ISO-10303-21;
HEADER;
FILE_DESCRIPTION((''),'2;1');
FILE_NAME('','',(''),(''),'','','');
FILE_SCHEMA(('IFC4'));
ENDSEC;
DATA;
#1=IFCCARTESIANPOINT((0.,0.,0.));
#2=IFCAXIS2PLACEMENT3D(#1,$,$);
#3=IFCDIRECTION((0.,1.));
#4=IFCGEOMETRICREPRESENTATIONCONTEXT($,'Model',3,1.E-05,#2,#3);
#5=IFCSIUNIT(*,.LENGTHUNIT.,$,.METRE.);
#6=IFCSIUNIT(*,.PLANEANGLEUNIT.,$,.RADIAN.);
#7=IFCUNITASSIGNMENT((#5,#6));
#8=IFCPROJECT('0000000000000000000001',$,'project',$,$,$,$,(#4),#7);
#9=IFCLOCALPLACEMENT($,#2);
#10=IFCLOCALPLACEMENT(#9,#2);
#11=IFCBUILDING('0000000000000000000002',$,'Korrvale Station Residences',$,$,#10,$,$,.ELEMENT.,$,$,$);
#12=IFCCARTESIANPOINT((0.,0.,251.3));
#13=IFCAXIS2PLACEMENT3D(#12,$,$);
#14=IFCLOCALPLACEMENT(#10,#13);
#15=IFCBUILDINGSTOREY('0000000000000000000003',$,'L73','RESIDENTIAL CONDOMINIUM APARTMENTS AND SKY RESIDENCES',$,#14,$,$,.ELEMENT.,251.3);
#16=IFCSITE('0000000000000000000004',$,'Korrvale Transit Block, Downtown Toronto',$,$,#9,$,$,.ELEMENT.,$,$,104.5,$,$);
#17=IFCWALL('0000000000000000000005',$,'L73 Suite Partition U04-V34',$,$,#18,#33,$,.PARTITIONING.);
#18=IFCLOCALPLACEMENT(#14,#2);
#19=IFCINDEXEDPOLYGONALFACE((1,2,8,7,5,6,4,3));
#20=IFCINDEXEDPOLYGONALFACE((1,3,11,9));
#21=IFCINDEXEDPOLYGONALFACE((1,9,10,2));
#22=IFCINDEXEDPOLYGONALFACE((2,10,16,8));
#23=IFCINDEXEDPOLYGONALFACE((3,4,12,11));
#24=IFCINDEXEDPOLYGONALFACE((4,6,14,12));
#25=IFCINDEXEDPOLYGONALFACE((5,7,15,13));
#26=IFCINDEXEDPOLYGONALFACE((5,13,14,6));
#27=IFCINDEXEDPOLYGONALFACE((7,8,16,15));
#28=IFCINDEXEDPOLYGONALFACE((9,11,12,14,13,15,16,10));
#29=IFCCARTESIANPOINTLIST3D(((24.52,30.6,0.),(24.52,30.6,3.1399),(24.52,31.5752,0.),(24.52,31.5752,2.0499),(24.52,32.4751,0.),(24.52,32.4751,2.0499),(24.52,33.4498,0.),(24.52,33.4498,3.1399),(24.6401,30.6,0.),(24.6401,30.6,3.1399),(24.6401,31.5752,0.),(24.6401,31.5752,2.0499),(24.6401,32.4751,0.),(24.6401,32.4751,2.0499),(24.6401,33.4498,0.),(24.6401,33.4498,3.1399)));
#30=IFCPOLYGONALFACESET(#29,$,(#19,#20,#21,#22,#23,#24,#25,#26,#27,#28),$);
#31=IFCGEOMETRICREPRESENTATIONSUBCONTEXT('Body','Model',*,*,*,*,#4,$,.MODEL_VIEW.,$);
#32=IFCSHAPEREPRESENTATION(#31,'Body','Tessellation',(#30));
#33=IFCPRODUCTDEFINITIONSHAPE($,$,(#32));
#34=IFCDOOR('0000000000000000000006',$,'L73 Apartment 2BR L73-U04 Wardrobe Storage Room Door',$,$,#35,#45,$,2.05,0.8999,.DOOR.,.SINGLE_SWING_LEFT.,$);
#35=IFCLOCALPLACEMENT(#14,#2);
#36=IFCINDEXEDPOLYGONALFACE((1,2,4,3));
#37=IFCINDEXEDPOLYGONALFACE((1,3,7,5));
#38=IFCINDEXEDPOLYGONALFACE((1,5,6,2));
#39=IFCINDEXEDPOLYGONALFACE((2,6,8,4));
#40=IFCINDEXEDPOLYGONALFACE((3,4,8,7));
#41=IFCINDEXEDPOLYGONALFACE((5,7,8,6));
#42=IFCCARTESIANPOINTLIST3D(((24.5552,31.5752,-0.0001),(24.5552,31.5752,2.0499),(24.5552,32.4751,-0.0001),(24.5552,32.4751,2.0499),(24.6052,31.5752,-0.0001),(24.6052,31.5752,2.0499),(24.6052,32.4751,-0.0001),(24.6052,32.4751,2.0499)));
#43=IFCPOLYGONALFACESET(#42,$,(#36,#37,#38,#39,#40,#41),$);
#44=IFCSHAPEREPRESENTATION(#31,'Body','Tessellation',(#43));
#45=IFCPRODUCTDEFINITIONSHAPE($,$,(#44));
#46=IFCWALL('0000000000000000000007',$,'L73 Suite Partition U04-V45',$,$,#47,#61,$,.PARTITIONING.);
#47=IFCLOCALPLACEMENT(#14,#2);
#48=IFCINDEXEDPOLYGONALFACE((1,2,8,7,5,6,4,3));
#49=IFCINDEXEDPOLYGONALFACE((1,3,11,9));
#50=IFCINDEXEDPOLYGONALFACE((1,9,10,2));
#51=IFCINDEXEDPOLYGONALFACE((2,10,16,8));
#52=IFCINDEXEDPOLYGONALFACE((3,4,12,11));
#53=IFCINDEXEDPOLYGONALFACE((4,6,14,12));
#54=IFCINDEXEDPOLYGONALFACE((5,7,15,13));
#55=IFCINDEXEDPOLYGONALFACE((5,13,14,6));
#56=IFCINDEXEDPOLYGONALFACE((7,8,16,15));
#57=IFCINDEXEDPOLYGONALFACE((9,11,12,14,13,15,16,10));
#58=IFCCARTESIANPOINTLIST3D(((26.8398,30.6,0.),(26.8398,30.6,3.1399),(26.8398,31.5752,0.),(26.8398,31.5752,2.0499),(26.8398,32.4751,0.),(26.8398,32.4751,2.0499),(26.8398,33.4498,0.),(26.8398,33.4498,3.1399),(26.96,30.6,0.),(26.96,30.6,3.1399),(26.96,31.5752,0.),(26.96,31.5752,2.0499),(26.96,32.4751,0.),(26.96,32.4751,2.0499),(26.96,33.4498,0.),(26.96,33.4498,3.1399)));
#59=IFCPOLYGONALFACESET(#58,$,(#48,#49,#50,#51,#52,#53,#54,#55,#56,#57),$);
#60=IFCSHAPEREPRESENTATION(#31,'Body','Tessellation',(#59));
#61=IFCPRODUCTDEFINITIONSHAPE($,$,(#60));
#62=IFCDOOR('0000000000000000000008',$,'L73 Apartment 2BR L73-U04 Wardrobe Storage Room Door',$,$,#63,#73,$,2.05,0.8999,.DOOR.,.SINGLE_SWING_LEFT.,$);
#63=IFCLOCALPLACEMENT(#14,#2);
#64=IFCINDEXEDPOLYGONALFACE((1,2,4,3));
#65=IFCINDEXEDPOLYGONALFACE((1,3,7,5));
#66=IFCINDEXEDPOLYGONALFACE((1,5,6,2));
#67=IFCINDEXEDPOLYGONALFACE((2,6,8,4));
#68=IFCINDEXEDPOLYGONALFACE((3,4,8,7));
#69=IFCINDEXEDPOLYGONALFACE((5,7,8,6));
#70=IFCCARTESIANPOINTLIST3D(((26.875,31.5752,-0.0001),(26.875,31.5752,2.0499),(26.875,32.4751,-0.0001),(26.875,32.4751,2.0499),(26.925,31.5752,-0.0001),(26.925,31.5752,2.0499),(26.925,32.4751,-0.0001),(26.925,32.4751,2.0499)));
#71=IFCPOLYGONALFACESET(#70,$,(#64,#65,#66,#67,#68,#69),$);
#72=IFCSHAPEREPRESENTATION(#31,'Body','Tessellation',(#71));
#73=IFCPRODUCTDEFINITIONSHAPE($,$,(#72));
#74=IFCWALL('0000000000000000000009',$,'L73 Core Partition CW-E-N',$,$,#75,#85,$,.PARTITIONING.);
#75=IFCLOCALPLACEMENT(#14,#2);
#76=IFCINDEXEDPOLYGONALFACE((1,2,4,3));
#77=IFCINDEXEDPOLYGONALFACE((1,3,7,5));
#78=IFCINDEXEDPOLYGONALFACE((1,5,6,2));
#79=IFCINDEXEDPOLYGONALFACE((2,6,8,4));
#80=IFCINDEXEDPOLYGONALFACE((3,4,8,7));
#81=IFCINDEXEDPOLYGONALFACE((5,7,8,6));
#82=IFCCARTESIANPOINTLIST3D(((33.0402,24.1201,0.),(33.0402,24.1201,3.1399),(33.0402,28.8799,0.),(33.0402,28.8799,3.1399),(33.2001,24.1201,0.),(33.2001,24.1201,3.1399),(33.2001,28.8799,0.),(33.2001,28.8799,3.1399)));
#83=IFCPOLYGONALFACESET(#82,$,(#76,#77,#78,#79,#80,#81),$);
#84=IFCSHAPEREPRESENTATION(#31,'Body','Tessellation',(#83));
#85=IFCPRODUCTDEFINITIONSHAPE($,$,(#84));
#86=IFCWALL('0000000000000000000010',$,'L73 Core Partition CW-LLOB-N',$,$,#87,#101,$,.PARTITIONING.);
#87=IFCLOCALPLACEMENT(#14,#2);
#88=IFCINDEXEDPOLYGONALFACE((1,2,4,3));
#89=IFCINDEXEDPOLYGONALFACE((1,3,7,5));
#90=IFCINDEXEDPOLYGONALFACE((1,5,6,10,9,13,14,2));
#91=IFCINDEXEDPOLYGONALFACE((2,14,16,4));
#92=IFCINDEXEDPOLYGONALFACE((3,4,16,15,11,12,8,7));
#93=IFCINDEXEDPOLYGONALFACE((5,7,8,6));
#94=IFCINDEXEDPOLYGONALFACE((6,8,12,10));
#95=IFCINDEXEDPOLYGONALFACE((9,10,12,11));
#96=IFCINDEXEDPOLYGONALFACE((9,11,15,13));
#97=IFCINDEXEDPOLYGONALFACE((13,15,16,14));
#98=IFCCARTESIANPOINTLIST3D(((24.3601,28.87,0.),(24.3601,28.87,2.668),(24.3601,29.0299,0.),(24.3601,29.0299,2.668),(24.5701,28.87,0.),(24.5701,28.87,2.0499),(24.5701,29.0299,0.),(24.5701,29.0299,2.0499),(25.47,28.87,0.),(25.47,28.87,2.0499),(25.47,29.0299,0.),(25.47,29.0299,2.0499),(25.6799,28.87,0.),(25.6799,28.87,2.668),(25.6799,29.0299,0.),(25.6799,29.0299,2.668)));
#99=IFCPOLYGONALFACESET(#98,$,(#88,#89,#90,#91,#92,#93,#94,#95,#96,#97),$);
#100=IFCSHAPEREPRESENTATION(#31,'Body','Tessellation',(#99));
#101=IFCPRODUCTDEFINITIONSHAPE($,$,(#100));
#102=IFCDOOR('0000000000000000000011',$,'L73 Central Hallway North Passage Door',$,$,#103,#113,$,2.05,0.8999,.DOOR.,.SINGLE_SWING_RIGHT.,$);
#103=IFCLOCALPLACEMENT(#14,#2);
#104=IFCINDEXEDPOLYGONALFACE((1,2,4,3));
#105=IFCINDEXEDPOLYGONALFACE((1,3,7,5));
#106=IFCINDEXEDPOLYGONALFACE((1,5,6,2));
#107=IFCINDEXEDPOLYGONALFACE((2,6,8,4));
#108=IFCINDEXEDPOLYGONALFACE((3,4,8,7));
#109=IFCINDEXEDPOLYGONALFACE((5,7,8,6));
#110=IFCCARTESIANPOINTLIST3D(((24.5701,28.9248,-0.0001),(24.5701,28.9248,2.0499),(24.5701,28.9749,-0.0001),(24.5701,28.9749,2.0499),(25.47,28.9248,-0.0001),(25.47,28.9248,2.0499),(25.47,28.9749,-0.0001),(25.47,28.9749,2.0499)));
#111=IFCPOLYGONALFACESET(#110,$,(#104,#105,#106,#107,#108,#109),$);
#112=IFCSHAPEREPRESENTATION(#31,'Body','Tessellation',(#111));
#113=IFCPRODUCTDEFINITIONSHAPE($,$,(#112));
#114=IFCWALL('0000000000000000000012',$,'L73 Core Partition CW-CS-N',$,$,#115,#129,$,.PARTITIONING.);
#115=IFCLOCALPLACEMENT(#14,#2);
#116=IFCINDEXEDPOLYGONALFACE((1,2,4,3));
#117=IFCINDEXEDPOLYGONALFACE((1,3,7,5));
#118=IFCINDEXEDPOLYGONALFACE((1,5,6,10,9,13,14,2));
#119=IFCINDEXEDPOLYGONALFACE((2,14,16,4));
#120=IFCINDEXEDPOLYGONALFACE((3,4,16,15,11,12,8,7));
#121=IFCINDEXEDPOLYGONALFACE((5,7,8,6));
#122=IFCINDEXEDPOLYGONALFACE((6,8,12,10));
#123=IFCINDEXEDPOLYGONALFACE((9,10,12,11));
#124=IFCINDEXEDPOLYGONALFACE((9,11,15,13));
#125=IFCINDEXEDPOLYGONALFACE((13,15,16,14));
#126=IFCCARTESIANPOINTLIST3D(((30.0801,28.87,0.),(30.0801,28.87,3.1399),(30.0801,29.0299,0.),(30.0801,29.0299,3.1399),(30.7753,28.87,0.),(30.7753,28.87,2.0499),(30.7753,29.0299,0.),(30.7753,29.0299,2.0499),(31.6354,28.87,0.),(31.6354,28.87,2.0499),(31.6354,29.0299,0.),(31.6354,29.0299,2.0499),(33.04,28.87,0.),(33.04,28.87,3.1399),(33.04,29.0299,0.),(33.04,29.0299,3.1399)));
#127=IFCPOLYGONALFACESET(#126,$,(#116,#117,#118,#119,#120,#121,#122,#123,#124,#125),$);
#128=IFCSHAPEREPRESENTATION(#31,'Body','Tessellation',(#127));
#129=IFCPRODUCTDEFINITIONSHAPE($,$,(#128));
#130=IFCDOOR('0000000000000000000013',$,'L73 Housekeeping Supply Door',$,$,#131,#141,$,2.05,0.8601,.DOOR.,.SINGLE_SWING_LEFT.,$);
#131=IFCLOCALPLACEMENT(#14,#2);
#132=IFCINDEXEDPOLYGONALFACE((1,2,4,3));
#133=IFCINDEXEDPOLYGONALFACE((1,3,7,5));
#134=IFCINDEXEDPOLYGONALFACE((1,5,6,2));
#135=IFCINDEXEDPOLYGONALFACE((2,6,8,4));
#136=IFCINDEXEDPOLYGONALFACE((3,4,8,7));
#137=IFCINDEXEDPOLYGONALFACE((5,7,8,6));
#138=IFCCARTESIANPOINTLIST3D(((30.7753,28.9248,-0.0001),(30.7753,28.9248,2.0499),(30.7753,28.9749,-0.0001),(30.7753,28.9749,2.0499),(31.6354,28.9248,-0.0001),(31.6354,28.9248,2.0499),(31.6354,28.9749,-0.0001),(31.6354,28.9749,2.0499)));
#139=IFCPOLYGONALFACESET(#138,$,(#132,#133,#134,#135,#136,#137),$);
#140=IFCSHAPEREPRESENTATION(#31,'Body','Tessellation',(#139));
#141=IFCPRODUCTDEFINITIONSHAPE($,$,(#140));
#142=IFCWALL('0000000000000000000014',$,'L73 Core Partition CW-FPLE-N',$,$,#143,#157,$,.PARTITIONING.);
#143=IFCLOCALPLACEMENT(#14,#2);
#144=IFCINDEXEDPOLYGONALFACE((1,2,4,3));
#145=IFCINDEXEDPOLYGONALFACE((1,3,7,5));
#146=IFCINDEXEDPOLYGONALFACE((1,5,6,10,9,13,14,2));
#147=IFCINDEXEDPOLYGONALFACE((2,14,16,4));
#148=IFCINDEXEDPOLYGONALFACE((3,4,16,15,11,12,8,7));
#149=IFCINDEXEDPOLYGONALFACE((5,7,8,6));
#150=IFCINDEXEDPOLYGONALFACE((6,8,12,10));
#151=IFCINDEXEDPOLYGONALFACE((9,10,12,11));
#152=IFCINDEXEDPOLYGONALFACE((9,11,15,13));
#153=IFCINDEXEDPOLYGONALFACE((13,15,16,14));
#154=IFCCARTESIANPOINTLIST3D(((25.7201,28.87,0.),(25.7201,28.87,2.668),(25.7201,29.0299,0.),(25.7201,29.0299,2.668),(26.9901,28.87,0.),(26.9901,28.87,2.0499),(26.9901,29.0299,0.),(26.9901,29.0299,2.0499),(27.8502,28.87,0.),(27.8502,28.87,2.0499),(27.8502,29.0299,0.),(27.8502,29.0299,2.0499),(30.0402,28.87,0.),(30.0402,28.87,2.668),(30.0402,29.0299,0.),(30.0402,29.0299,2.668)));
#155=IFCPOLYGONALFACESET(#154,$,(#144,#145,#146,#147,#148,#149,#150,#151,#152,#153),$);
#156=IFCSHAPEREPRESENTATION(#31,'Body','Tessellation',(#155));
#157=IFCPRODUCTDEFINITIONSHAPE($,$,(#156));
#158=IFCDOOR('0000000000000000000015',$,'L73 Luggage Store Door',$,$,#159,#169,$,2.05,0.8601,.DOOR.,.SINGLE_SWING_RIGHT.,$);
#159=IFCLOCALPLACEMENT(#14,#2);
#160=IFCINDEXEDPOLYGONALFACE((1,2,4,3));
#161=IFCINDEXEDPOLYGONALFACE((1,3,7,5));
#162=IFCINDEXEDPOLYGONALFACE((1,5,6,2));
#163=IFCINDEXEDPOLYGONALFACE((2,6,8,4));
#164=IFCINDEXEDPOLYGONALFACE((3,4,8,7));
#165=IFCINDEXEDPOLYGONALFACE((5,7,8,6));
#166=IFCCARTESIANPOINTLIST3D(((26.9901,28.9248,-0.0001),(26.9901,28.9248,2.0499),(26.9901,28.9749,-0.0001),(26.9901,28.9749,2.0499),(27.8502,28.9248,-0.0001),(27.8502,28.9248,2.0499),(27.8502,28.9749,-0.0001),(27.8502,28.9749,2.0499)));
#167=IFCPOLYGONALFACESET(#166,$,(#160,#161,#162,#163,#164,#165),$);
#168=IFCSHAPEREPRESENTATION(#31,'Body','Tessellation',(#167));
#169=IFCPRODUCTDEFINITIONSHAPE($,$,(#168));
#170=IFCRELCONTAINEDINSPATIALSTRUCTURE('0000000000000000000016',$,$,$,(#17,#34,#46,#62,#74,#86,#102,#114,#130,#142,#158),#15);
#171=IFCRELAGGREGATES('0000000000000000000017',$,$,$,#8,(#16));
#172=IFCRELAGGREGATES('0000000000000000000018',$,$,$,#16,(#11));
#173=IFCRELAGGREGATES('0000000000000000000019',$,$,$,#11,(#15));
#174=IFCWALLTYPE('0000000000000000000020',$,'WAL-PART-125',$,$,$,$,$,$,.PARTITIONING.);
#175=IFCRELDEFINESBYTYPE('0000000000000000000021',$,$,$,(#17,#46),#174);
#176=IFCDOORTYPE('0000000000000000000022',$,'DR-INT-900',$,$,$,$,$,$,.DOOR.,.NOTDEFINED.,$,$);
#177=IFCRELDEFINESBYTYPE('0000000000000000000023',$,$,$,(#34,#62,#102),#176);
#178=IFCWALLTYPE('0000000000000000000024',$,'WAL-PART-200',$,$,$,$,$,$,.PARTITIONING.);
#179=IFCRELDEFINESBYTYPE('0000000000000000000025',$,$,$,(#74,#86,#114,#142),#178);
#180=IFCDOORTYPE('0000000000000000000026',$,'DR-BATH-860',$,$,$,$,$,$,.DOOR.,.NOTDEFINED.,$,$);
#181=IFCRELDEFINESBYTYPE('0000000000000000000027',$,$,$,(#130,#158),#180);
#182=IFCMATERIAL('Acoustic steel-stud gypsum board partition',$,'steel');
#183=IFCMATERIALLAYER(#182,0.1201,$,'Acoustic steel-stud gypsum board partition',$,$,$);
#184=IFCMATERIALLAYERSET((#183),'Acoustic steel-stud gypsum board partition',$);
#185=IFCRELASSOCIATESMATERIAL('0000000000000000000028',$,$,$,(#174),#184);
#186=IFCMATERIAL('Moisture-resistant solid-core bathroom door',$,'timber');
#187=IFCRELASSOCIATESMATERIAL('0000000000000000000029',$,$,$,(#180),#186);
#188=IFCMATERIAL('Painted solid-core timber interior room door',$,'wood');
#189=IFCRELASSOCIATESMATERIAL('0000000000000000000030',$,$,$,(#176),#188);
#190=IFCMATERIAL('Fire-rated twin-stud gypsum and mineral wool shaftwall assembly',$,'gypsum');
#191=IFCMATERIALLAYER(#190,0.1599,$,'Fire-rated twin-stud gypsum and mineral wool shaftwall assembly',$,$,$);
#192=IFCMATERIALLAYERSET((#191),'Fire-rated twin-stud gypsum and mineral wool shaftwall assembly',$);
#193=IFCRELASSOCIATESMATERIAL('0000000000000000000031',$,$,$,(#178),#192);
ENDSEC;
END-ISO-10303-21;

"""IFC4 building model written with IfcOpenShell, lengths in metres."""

from ifc_helpers import new_model, si_unit, direction, frame, frame_2d, origin, place, context, subcontext, project, spatial, rectangle, extrude, material, layer, layer_set, type_object, element, fill, save


model = new_model("IFC4")

# Units and contexts
model_context = context("Model", 3, precision=1e-05, world=origin(), true_north=direction((0.0, 1.0)))
body_context = subcontext(model_context, "Body", "Model", "MODEL_VIEW")
ifc_project = project(units=[si_unit("LENGTHUNIT", "METRE"), si_unit("PLANEANGLEUNIT", "RADIAN")], contexts=[model_context])

# Site, building, storey
site_placement = place(None, origin())
site = spatial("IfcSite", under=ifc_project, at=site_placement, Name="Korrvale Transit Block, Downtown Toronto", CompositionType="ELEMENT", RefElevation=104.5)
building_placement = place(site_placement, origin())
building = spatial("IfcBuilding", under=site, at=building_placement, Name="Korrvale Station Residences", CompositionType="ELEMENT")
storey_placement = place(building_placement, frame((0.0, 0.0, 251.3)))
storey = spatial("IfcBuildingStorey", under=building, at=storey_placement, Name="L73", Description="RESIDENTIAL CONDOMINIUM APARTMENTS AND SKY RESIDENCES", CompositionType="ELEMENT", Elevation=251.3)

# Shared definitions
ifc_material_1 = material(Name="Acoustic steel-stud gypsum board partition", Category="steel")
ifc_layer_1 = layer(ifc_material_1, 0.1201, Name="Acoustic steel-stud gypsum board partition")
ifc_layer_set_1 = layer_set([ifc_layer_1], Name="Acoustic steel-stud gypsum board partition")
wall_type_1 = type_object("IfcWallType", Name="WAL-PART-125", PredefinedType="PARTITIONING", material=ifc_layer_set_1)

# Shared definitions
ifc_material_2 = material(Name="Moisture-resistant solid-core bathroom door", Category="timber")
door_type_1 = type_object("IfcDoorType", Name="DR-BATH-860", OperationType="NOTDEFINED", PredefinedType="DOOR", material=ifc_material_2)

# Walls, openings, doors
ifc_material_3 = material(Name="Painted solid-core timber interior room door", Category="wood")
door_type_2 = type_object("IfcDoorType", Name="DR-INT-900", OperationType="NOTDEFINED", PredefinedType="DOOR", material=ifc_material_3)
wall_1_placement = place(storey_placement, frame((24.5801, 30.6001, 0.0), z_axis=(0.0, 0.0, 1.0), x_axis=(0.0, 1.0, 0.0)))
wall_1 = element("IfcWall", 1, at=wall_1_placement, inside=storey, type_object=wall_type_1, Name="L73 Suite Partition U04-V34", PredefinedType="PARTITIONING", context=body_context, shape_type="SweptSolid", body=[
    extrude(rectangle(XDim=2.8499, YDim=0.1201, at=frame_2d((1.4248, 0.0))), origin(), (0.0, 0.0, 1.0), 3.1399),
])
opening_1_placement = place(wall_1_placement, frame((0.9751, 0.0, 0.0)))
opening_1 = element("IfcOpeningElement", 2, at=opening_1_placement, cuts=wall_1, PredefinedType="OPENING", context=body_context, shape_type="SweptSolid", body=[
    extrude(rectangle(XDim=0.8999, YDim=2.05, at=frame_2d((0.45, 1.0249))), frame((0.0, 0.0701, 0.0), z_axis=(0.0, -1.0, 0.0), x_axis=(1.0, 0.0, 0.0)), (0.0, 0.0, 1.0), 0.1401),
])
door_1_placement = place(opening_1_placement, origin())
door_1 = element("IfcDoor", 3, at=door_1_placement, inside=storey, type_object=door_type_2, Name="L73 Apartment 2BR L73-U04 Wardrobe Storage Room Door", OperationType="SINGLE_SWING_LEFT", OverallHeight=2.05, OverallWidth=0.8999, PredefinedType="DOOR", context=body_context, shape_type="SweptSolid", body=[
    extrude(rectangle(XDim=0.8999, YDim=2.05, at=frame_2d((0.45, 1.0249))), frame((0.0, 0.0249, 0.0), z_axis=(0.0, -1.0, 0.0), x_axis=(1.0, 0.0, 0.0)), (0.0, 0.0, 1.0), 0.05),
])
fill(opening_1, door_1)
wall_2_placement = place(storey_placement, frame((26.8999, 30.6001, 0.0), z_axis=(0.0, 0.0, 1.0), x_axis=(0.0, 1.0, 0.0)))
wall_2 = element("IfcWall", 4, at=wall_2_placement, inside=storey, type_object=wall_type_1, Name="L73 Suite Partition U04-V45", PredefinedType="PARTITIONING", context=body_context, shape_type="SweptSolid", body=[
    extrude(rectangle(XDim=2.8499, YDim=0.1201, at=frame_2d((1.4248, 0.0))), origin(), (0.0, 0.0, 1.0), 3.1399),
])
opening_2_placement = place(wall_2_placement, frame((0.9751, 0.0, 0.0)))
opening_2 = element("IfcOpeningElement", 5, at=opening_2_placement, cuts=wall_2, PredefinedType="OPENING", context=body_context, shape_type="SweptSolid", body=[
    extrude(rectangle(XDim=0.8999, YDim=2.05, at=frame_2d((0.45, 1.0249))), frame((0.0, 0.0701, 0.0), z_axis=(0.0, -1.0, 0.0), x_axis=(1.0, 0.0, 0.0)), (0.0, 0.0, 1.0), 0.1401),
])
door_2_placement = place(opening_2_placement, origin())
door_2 = element("IfcDoor", 6, at=door_2_placement, inside=storey, type_object=door_type_2, Name="L73 Apartment 2BR L73-U04 Wardrobe Storage Room Door", OperationType="SINGLE_SWING_LEFT", OverallHeight=2.05, OverallWidth=0.8999, PredefinedType="DOOR", context=body_context, shape_type="SweptSolid", body=[
    extrude(rectangle(XDim=0.8999, YDim=2.05, at=frame_2d((0.45, 1.0249))), frame((0.0, 0.0249, 0.0), z_axis=(0.0, -1.0, 0.0), x_axis=(1.0, 0.0, 0.0)), (0.0, 0.0, 1.0), 0.05),
])
fill(opening_2, door_2)

# Wall
ifc_material_4 = material(Name="Fire-rated twin-stud gypsum and mineral wool shaftwall assembly", Category="gypsum")
ifc_layer_2 = layer(ifc_material_4, 0.1599, Name="Fire-rated twin-stud gypsum and mineral wool shaftwall assembly")
ifc_layer_set_2 = layer_set([ifc_layer_2], Name="Fire-rated twin-stud gypsum and mineral wool shaftwall assembly")
wall_type_2 = type_object("IfcWallType", Name="WAL-PART-200", PredefinedType="PARTITIONING", material=ifc_layer_set_2)
wall_3_placement = place(storey_placement, frame((33.1201, 24.1201, 0.0), z_axis=(0.0, 0.0, 1.0), x_axis=(0.0, 1.0, 0.0)))
element("IfcWall", 7, at=wall_3_placement, inside=storey, type_object=wall_type_2, Name="L73 Core Partition CW-E-N", PredefinedType="PARTITIONING", context=body_context, shape_type="SweptSolid", body=[
    extrude(rectangle(XDim=4.7598, YDim=0.1599, at=frame_2d((2.3799, 0.0))), origin(), (0.0, 0.0, 1.0), 3.1399),
])

# Walls, openings, doors
wall_4_placement = place(storey_placement, frame((24.3601, 28.95, 0.0), z_axis=(0.0, 0.0, 1.0), x_axis=(1.0, 0.0, 0.0)))
wall_4 = element("IfcWall", 8, at=wall_4_placement, inside=storey, type_object=wall_type_2, Name="L73 Core Partition CW-LLOB-N", PredefinedType="PARTITIONING", context=body_context, shape_type="SweptSolid", body=[
    extrude(rectangle(XDim=1.3198, YDim=0.1599, at=frame_2d((0.6599, 0.0))), origin(), (0.0, 0.0, 1.0), 2.668),
])
opening_3_placement = place(wall_4_placement, frame((0.21, 0.0, 0.0)))
opening_3 = element("IfcOpeningElement", 9, at=opening_3_placement, cuts=wall_4, PredefinedType="OPENING", context=body_context, shape_type="SweptSolid", body=[
    extrude(rectangle(XDim=0.8999, YDim=2.05, at=frame_2d((0.45, 1.0249))), frame((0.0, 0.0898, 0.0), z_axis=(0.0, -1.0, 0.0), x_axis=(1.0, 0.0, 0.0)), (0.0, 0.0, 1.0), 0.1799),
])
door_3_placement = place(opening_3_placement, origin())
door_3 = element("IfcDoor", 10, at=door_3_placement, inside=storey, type_object=door_type_2, Name="L73 Central Hallway North Passage Door", OperationType="SINGLE_SWING_RIGHT", OverallHeight=2.05, OverallWidth=0.8999, PredefinedType="DOOR", context=body_context, shape_type="SweptSolid", body=[
    extrude(rectangle(XDim=0.8999, YDim=2.05, at=frame_2d((0.45, 1.0249))), frame((0.0, 0.0249, 0.0), z_axis=(0.0, -1.0, 0.0), x_axis=(1.0, 0.0, 0.0)), (0.0, 0.0, 1.0), 0.05),
])
fill(opening_3, door_3)
wall_5_placement = place(storey_placement, frame((30.0801, 28.95, 0.0), z_axis=(0.0, 0.0, 1.0), x_axis=(1.0, 0.0, 0.0)))
wall_5 = element("IfcWall", 11, at=wall_5_placement, inside=storey, type_object=wall_type_2, Name="L73 Core Partition CW-CS-N", PredefinedType="PARTITIONING", context=body_context, shape_type="SweptSolid", body=[
    extrude(rectangle(XDim=2.96, YDim=0.1599, at=frame_2d((1.48, 0.0))), origin(), (0.0, 0.0, 1.0), 3.1399),
])
opening_4_placement = place(wall_5_placement, frame((0.6951, 0.0, 0.0)))
opening_4 = element("IfcOpeningElement", 12, at=opening_4_placement, cuts=wall_5, PredefinedType="OPENING", context=body_context, shape_type="SweptSolid", body=[
    extrude(rectangle(XDim=0.8601, YDim=2.05, at=frame_2d((0.4302, 1.0249))), frame((0.0, 0.0898, 0.0), z_axis=(0.0, -1.0, 0.0), x_axis=(1.0, 0.0, 0.0)), (0.0, 0.0, 1.0), 0.1799),
])
door_4_placement = place(opening_4_placement, origin())
door_4 = element("IfcDoor", 13, at=door_4_placement, inside=storey, type_object=door_type_1, Name="L73 Housekeeping Supply Door", OperationType="SINGLE_SWING_LEFT", OverallHeight=2.05, OverallWidth=0.8601, PredefinedType="DOOR", context=body_context, shape_type="SweptSolid", body=[
    extrude(rectangle(XDim=0.8601, YDim=2.05, at=frame_2d((0.4302, 1.0249))), frame((0.0, 0.0249, 0.0), z_axis=(0.0, -1.0, 0.0), x_axis=(1.0, 0.0, 0.0)), (0.0, 0.0, 1.0), 0.05),
])
fill(opening_4, door_4)
wall_6_placement = place(storey_placement, frame((25.72, 28.95, 0.0), z_axis=(0.0, 0.0, 1.0), x_axis=(1.0, 0.0, 0.0)))
wall_6 = element("IfcWall", 14, at=wall_6_placement, inside=storey, type_object=wall_type_2, Name="L73 Core Partition CW-FPLE-N", PredefinedType="PARTITIONING", context=body_context, shape_type="SweptSolid", body=[
    extrude(rectangle(XDim=4.3201, YDim=0.1599, at=frame_2d((2.1602, 0.0))), origin(), (0.0, 0.0, 1.0), 2.668),
])
opening_5_placement = place(wall_6_placement, frame((1.27, 0.0, 0.0)))
opening_5 = element("IfcOpeningElement", 15, at=opening_5_placement, cuts=wall_6, PredefinedType="OPENING", context=body_context, shape_type="SweptSolid", body=[
    extrude(rectangle(XDim=0.8601, YDim=2.05, at=frame_2d((0.4302, 1.0249))), frame((0.0, 0.0898, 0.0), z_axis=(0.0, -1.0, 0.0), x_axis=(1.0, 0.0, 0.0)), (0.0, 0.0, 1.0), 0.1799),
])
door_5_placement = place(opening_5_placement, origin())
door_5 = element("IfcDoor", 16, at=door_5_placement, inside=storey, type_object=door_type_1, Name="L73 Luggage Store Door", OperationType="SINGLE_SWING_RIGHT", OverallHeight=2.05, OverallWidth=0.8601, PredefinedType="DOOR", context=body_context, shape_type="SweptSolid", body=[
    extrude(rectangle(XDim=0.8601, YDim=2.05, at=frame_2d((0.4302, 1.0249))), frame((0.0, 0.0249, 0.0), z_axis=(0.0, -1.0, 0.0), x_axis=(1.0, 0.0, 0.0)), (0.0, 0.0, 1.0), 0.05),
])
fill(opening_5, door_5)

save(model, "model.ifc")
